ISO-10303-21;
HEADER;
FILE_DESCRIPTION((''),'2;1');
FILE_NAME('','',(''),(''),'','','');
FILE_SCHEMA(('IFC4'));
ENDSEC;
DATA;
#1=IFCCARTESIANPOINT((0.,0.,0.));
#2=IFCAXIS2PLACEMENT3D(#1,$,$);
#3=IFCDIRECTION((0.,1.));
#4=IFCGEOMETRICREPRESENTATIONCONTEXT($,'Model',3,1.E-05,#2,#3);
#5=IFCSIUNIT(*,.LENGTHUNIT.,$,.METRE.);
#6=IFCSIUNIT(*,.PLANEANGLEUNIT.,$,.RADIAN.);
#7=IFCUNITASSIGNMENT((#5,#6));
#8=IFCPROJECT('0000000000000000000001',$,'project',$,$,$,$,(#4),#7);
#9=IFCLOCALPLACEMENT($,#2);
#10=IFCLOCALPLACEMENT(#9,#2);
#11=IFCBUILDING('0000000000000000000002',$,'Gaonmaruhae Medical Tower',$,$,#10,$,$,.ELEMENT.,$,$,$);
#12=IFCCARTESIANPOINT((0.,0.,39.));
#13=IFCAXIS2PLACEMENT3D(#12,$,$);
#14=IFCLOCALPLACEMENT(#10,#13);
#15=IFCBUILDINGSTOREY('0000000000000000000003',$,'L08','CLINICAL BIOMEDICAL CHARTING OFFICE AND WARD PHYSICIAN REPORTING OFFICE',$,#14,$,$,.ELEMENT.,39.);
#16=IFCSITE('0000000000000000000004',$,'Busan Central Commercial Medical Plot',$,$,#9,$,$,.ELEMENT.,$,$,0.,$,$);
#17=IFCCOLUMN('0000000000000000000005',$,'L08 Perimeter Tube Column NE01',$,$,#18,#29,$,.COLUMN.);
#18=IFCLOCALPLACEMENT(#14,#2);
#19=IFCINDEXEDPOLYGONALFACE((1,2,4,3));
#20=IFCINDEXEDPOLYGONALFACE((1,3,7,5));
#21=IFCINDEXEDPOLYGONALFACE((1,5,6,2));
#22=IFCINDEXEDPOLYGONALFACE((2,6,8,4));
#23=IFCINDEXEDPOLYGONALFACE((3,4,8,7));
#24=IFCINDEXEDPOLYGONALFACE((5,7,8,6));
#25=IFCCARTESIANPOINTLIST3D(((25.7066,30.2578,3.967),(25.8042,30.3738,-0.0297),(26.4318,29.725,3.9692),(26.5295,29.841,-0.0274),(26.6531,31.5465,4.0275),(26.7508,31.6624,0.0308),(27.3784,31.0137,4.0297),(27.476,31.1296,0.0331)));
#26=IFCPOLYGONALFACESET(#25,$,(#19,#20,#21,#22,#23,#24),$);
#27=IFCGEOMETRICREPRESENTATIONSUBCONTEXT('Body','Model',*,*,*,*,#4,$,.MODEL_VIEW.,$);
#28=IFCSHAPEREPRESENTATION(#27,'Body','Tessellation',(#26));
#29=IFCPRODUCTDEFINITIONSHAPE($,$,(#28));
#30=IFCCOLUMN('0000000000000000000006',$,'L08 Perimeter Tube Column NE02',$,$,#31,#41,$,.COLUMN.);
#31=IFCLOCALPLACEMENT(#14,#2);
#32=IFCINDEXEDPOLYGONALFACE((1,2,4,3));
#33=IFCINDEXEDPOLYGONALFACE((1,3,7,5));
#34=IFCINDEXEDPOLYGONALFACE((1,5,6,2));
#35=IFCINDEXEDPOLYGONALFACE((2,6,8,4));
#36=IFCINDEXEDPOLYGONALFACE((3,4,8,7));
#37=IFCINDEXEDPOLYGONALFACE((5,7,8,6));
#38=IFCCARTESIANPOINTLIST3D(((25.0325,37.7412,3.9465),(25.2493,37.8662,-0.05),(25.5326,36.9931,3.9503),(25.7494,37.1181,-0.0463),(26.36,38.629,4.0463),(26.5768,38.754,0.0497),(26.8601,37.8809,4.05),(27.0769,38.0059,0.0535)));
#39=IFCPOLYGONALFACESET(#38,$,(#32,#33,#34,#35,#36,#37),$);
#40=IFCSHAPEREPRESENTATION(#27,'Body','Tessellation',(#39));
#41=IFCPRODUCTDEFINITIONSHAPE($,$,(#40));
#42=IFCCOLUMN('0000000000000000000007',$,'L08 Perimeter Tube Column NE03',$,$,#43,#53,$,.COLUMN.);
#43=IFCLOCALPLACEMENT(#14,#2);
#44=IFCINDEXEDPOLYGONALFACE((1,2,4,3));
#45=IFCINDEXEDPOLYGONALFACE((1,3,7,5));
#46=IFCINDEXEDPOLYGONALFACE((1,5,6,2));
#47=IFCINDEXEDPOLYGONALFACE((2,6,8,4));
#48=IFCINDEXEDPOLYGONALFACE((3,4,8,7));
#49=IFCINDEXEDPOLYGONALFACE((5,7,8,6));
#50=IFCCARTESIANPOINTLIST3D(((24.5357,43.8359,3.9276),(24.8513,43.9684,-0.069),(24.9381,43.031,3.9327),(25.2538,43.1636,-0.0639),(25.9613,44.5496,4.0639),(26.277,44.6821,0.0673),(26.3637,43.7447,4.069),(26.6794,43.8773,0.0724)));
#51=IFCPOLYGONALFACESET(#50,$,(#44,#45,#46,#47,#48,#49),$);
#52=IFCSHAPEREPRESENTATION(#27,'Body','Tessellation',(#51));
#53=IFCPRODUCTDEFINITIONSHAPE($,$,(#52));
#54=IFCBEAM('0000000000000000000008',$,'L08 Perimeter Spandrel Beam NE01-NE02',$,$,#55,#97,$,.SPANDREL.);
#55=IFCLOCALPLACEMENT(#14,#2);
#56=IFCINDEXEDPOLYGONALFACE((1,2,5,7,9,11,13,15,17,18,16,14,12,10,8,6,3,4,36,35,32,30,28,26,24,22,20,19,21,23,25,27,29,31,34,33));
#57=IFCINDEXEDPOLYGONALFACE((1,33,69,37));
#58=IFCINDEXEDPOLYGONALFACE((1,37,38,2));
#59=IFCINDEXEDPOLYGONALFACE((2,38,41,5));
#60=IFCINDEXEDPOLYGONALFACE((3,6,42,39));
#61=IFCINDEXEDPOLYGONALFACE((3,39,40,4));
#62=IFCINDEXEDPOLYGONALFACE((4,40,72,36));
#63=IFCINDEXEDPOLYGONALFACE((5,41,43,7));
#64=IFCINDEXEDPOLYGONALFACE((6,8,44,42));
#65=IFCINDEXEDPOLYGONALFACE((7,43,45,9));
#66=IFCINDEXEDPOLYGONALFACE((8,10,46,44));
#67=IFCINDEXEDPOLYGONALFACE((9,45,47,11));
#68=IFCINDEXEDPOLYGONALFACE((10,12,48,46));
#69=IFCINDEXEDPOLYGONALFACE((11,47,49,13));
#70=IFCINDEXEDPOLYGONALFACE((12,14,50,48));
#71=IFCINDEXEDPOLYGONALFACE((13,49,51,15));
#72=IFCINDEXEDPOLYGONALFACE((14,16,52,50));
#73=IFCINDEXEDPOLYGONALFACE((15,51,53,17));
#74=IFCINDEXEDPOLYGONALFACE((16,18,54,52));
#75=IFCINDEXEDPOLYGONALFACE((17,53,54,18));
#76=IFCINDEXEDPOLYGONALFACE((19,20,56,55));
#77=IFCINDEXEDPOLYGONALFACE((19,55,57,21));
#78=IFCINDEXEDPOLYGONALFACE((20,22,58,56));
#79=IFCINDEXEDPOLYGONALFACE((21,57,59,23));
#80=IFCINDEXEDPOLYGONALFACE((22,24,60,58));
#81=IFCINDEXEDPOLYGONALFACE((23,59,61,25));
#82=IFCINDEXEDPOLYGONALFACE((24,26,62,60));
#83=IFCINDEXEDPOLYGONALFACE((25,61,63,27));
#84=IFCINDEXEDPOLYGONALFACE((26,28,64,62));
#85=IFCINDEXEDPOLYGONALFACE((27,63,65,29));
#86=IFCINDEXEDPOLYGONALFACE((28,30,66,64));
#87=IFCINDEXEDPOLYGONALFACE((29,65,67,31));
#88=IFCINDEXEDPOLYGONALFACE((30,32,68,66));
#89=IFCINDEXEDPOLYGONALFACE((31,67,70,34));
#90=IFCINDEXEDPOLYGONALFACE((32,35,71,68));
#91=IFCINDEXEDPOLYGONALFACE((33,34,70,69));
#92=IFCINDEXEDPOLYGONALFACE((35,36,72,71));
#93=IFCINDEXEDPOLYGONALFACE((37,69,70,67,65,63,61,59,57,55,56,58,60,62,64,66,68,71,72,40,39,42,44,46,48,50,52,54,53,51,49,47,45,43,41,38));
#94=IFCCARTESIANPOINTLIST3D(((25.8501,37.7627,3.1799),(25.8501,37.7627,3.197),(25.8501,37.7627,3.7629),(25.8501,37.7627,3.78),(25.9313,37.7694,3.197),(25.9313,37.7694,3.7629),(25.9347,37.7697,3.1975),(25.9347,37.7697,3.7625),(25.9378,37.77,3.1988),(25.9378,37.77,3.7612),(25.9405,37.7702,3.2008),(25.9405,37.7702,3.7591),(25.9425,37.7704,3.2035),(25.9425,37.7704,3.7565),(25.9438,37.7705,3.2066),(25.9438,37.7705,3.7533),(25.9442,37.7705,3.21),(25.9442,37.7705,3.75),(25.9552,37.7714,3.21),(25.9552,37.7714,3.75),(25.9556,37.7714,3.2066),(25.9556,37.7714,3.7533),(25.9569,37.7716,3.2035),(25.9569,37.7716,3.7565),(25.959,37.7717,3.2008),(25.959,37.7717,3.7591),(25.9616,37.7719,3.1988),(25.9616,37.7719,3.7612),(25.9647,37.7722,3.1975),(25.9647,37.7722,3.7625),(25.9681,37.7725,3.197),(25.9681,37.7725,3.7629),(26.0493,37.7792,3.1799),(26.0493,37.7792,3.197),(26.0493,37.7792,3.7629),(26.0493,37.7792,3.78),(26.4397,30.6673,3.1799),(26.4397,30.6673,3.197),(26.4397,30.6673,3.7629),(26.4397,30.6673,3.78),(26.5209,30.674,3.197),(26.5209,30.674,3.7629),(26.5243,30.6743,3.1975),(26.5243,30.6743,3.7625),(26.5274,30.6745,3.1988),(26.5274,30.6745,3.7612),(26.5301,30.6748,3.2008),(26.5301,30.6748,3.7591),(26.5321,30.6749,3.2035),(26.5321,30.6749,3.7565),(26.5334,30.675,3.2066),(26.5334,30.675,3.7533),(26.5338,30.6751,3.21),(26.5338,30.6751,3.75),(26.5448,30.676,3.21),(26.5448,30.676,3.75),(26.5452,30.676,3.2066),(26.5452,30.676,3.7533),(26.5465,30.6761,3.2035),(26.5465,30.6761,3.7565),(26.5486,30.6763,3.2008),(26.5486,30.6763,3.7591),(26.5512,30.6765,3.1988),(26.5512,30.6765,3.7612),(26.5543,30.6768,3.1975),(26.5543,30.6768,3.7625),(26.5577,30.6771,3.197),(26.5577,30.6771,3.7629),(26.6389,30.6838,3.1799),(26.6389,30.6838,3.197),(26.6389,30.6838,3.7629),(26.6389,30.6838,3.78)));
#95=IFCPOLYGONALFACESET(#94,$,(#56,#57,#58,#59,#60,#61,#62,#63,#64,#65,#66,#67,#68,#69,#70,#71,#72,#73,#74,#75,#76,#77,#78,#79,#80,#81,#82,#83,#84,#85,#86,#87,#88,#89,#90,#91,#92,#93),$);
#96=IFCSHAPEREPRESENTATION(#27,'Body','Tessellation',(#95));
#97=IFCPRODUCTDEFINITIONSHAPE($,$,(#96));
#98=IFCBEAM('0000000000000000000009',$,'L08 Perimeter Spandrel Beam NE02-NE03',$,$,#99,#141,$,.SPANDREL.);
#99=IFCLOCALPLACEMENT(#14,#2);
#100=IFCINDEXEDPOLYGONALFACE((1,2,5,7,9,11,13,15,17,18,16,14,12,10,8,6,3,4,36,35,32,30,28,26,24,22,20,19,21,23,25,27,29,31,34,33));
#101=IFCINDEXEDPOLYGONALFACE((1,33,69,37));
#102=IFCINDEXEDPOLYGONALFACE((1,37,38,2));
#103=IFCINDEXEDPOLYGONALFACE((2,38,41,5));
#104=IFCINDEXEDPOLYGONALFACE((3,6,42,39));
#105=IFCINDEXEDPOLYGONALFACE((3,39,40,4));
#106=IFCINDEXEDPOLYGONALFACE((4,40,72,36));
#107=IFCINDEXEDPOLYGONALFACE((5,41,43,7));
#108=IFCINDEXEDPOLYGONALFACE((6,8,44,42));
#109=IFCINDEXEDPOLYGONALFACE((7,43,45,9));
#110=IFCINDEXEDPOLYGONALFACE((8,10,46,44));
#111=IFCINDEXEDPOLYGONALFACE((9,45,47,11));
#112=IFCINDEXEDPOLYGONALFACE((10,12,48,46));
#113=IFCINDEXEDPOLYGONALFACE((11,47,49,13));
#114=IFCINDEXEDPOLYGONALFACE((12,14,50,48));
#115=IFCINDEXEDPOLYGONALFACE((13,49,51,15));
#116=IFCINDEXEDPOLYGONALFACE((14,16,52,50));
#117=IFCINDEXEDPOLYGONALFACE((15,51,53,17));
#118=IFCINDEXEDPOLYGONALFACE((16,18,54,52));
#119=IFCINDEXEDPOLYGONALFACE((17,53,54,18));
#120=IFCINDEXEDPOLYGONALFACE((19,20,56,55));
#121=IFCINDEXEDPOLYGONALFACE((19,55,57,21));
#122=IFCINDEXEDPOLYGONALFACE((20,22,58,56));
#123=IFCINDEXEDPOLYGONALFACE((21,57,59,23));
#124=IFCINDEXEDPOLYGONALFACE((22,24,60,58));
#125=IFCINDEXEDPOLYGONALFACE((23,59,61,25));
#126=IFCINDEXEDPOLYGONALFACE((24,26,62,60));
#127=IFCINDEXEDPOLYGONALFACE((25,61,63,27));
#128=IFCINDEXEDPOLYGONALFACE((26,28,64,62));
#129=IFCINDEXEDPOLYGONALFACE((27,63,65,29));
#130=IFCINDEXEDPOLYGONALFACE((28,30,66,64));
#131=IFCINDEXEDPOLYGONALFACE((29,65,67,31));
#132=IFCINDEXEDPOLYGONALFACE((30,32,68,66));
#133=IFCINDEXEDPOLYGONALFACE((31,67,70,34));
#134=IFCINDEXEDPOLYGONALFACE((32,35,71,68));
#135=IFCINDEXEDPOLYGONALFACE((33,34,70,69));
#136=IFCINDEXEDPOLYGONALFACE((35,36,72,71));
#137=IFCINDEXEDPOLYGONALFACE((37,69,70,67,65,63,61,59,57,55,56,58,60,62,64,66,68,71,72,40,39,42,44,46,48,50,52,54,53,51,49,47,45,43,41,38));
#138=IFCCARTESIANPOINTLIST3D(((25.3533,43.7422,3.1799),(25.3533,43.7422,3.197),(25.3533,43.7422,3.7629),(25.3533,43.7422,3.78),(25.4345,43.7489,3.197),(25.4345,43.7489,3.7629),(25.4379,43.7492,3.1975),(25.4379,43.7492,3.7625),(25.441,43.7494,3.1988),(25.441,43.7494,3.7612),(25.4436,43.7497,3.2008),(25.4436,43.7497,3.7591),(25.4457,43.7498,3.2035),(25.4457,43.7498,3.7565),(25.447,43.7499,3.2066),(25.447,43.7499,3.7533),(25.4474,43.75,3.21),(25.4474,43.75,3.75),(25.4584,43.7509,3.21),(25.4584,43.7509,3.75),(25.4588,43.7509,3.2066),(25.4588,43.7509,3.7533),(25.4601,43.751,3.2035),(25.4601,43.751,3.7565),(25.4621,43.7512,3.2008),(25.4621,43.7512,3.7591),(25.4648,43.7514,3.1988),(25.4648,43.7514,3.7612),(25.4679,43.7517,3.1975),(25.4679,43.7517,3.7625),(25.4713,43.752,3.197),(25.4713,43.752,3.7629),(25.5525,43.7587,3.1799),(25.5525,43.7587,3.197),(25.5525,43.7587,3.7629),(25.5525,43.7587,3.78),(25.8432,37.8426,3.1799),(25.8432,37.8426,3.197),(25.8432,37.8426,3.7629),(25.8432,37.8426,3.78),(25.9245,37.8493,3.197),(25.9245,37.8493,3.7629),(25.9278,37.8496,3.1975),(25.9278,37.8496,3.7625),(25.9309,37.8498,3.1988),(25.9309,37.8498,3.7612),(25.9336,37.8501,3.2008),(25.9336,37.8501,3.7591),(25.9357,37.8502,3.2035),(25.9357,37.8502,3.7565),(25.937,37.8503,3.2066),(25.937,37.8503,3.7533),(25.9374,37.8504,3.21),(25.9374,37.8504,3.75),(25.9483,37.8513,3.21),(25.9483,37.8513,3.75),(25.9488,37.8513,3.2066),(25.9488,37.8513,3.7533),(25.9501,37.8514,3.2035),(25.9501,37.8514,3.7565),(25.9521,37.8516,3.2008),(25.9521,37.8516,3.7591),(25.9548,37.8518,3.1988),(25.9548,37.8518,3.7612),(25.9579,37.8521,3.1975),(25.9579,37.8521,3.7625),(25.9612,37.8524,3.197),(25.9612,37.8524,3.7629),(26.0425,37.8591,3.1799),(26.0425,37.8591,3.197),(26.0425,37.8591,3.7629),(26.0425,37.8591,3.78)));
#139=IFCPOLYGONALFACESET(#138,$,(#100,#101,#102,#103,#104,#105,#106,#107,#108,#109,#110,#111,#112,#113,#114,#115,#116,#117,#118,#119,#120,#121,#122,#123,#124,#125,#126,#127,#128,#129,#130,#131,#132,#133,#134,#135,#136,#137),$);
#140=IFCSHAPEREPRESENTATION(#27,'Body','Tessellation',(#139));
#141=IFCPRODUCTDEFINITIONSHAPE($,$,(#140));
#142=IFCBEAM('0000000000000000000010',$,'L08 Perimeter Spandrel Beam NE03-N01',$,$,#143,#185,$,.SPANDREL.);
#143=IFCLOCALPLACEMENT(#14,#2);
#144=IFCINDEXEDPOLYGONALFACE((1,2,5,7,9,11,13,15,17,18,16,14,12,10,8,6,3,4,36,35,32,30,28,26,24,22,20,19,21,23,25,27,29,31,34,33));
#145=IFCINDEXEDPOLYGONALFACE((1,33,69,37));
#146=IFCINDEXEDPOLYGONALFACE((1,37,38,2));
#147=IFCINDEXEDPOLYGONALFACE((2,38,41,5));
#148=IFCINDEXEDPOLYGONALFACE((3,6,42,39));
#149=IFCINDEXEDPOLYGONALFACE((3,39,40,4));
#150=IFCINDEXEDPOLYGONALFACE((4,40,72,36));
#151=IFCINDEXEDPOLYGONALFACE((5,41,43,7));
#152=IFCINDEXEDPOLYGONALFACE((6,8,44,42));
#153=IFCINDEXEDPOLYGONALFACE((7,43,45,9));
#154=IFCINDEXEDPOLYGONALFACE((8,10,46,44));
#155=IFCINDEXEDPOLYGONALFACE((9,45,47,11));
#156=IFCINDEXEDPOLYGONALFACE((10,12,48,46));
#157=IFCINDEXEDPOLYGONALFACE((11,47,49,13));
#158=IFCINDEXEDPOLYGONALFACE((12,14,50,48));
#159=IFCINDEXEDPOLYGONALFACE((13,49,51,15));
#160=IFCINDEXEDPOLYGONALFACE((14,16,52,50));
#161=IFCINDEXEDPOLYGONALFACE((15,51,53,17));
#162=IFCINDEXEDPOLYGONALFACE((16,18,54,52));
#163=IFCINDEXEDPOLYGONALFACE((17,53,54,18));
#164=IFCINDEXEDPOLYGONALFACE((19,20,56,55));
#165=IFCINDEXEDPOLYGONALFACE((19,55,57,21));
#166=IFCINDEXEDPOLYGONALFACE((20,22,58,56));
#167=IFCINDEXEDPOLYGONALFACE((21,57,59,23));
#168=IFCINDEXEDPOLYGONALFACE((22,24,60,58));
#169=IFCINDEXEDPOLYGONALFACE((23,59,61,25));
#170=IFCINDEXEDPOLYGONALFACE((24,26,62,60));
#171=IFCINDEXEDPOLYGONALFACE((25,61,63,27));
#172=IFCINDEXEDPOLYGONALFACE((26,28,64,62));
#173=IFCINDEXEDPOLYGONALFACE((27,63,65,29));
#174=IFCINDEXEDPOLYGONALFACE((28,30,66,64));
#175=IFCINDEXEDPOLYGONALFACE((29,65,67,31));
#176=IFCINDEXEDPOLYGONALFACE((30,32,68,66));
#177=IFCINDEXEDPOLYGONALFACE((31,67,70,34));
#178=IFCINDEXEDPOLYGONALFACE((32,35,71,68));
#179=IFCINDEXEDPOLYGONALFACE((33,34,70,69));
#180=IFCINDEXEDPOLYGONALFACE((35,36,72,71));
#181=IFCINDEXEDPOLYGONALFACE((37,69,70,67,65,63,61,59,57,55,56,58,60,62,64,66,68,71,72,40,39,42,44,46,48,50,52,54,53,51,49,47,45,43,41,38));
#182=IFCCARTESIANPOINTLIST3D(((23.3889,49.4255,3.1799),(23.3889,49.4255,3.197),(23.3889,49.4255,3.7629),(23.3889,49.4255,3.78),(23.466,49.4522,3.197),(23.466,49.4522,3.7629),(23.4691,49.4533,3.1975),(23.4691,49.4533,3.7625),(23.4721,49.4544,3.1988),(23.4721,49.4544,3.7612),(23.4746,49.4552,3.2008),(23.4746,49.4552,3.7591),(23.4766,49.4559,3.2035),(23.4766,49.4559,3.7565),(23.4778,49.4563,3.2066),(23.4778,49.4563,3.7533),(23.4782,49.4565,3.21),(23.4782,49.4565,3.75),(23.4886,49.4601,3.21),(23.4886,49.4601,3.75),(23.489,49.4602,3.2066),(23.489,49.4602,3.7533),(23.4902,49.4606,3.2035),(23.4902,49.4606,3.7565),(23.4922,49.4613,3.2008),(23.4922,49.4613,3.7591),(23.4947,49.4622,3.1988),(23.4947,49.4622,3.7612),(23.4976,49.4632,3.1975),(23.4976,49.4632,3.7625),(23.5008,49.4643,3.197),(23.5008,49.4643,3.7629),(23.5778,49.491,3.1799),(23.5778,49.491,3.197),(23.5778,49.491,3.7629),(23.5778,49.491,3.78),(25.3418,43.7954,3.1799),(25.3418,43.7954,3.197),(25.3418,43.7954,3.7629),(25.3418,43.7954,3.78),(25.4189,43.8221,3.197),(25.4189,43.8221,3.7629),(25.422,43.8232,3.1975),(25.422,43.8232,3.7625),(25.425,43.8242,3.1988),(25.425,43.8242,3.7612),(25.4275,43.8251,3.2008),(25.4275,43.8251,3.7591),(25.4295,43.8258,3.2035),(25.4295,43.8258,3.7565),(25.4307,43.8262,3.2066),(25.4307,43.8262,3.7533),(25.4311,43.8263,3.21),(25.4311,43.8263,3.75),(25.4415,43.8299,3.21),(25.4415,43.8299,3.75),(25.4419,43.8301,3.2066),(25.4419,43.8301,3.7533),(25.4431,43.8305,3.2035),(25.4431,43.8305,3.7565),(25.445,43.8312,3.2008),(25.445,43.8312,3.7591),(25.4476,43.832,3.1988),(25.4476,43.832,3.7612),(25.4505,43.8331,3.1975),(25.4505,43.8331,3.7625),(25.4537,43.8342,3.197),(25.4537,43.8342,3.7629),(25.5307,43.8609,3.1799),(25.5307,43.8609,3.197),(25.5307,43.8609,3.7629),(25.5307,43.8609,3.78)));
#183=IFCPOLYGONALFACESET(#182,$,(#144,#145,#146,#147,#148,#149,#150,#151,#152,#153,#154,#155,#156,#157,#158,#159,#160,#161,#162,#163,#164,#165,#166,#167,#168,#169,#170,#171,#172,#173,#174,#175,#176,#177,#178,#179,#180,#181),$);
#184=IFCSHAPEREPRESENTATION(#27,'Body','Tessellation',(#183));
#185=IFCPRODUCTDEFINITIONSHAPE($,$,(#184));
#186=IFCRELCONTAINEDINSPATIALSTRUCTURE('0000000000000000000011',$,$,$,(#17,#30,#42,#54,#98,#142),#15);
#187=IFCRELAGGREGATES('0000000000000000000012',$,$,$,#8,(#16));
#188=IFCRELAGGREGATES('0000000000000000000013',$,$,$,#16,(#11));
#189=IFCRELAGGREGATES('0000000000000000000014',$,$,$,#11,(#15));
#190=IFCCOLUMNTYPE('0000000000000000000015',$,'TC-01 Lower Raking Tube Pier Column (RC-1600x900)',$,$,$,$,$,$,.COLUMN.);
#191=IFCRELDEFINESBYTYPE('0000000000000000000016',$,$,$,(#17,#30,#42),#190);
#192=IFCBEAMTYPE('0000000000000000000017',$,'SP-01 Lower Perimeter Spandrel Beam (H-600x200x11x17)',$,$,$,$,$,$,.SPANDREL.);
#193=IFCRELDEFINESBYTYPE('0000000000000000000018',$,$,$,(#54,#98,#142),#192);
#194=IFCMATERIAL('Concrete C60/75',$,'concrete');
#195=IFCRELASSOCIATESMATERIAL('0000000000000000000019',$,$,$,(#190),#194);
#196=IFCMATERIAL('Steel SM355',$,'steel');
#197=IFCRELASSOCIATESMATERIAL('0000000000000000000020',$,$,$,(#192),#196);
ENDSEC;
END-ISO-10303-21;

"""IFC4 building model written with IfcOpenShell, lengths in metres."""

from ifc_helpers import new_model, si_unit, direction, frame, origin, origin_2d, place, context, subcontext, project, spatial, rectangle, i_section, extrude, material, material_profile, profile_set, type_object, element, save


model = new_model("IFC4")

# Units and contexts
model_context = context("Model", 3, precision=1e-05, world=origin(), true_north=direction((0.0, 1.0)))
body_context = subcontext(model_context, "Body", "Model", "MODEL_VIEW")
ifc_project = project(units=[si_unit("LENGTHUNIT", "METRE"), si_unit("PLANEANGLEUNIT", "RADIAN")], contexts=[model_context])

# Site, building, storey
site_placement = place(None, origin())
site = spatial("IfcSite", under=ifc_project, at=site_placement, Name="Busan Central Commercial Medical Plot", CompositionType="ELEMENT", RefElevation=0.0)
building_placement = place(site_placement, origin())
building = spatial("IfcBuilding", under=site, at=building_placement, Name="Gaonmaruhae Medical Tower", CompositionType="ELEMENT")
storey_placement = place(building_placement, frame((0.0, 0.0, 39.0)))
storey = spatial("IfcBuildingStorey", under=building, at=storey_placement, Name="L08", Description="CLINICAL BIOMEDICAL CHARTING OFFICE AND WARD PHYSICIAN REPORTING OFFICE", CompositionType="ELEMENT", Elevation=39.0)

# Columns
ifc_material_1 = material(Name="Concrete C60/75", Category="concrete")
ifc_material_profile_1 = material_profile(ifc_material_1, rectangle(XDim=1.6001, YDim=0.8999, at=origin_2d()), Name="RC-1600x900")
ifc_profile_set_1 = profile_set([ifc_material_profile_1], Name="Concrete C60/75")
column_type = type_object("IfcColumnType", Name="TC-01 Lower Raking Tube Pier Column (RC-1600x900)", PredefinedType="COLUMN", material=ifc_profile_set_1)
column_1_placement = place(storey_placement, frame((26.6401, 30.7517, 0.0017), z_axis=(-0.024417, -0.028996, 0.999281), x_axis=(0.591564, 0.80537, 0.037824)))
element("IfcColumn", 1, at=column_1_placement, inside=storey, type_object=column_type, Name="L08 Perimeter Tube Column NE01", PredefinedType="COLUMN", context=body_context, shape_type="SweptSolid", body=[
    extrude(rectangle(XDim=1.6001, YDim=0.8999, at=origin_2d()), origin(), (0.0, 0.0, 1.0), 3.9995),
])
column_2_placement = place(storey_placement, frame((26.1631, 37.936, 0.0017), z_axis=(-0.05414, -0.031216, 0.998045), x_axis=(0.829618, 0.554839, 0.062357)))
element("IfcColumn", 2, at=column_2_placement, inside=storey, type_object=column_type, Name="L08 Perimeter Tube Column NE02", PredefinedType="COLUMN", context=body_context, shape_type="SweptSolid", body=[
    extrude(rectangle(XDim=1.6001, YDim=0.8999, at=origin_2d()), origin(), (0.0, 0.0, 1.0), 4.0044),
])
column_3_placement = place(storey_placement, frame((25.7654, 43.9229, 0.0017), z_axis=(-0.078698, -0.033049, 0.996351), x_axis=(0.890952, 0.446039, 0.085168)))
element("IfcColumn", 3, at=column_3_placement, inside=storey, type_object=column_type, Name="L08 Perimeter Tube Column NE03", PredefinedType="COLUMN", context=body_context, shape_type="SweptSolid", body=[
    extrude(rectangle(XDim=1.6001, YDim=0.8999, at=origin_2d()), origin(), (0.0, 0.0, 1.0), 4.0112),
])

# Beams
ifc_material_2 = material(Name="Steel SM355", Category="steel")
ifc_material_profile_2 = material_profile(ifc_material_2, i_section(OverallWidth=0.2, OverallDepth=0.6001, WebThickness=0.011, FlangeThickness=0.0171, FilletRadius=0.0129, at=origin_2d()), Name="H-600x200x11x17")
ifc_profile_set_2 = profile_set([ifc_material_profile_2], Name="Steel SM355")
beam_type = type_object("IfcBeamType", Name="SP-01 Lower Perimeter Spandrel Beam (H-600x200x11x17)", PredefinedType="SPANDREL", material=ifc_profile_set_2)
beam_1_placement = place(storey_placement, frame((26.5393, 30.6755, 3.48), z_axis=(-0.08281, 0.996565, 0.0), x_axis=(-0.996565, -0.08281, 0.0)))
element("IfcBeam", 4, at=beam_1_placement, inside=storey, type_object=beam_type, Name="L08 Perimeter Spandrel Beam NE01-NE02", PredefinedType="SPANDREL", context=body_context, shape_type="SweptSolid", body=[
    extrude(i_section(OverallWidth=0.2, OverallDepth=0.6001, WebThickness=0.011, FlangeThickness=0.0171, FilletRadius=0.0129, at=origin_2d()), origin(), (0.0, 0.0, 1.0), 7.1199),
])
beam_2_placement = place(storey_placement, frame((25.9429, 37.8508, 3.48), z_axis=(-0.082769, 0.996569, 0.0), x_axis=(-0.996569, -0.082769, 0.0)))
element("IfcBeam", 5, at=beam_2_placement, inside=storey, type_object=beam_type, Name="L08 Perimeter Spandrel Beam NE02-NE03", PredefinedType="SPANDREL", context=body_context, shape_type="SweptSolid", body=[
    extrude(i_section(OverallWidth=0.2, OverallDepth=0.6001, WebThickness=0.011, FlangeThickness=0.0171, FilletRadius=0.0129, at=origin_2d()), origin(), (0.0, 0.0, 1.0), 5.9199),
])
beam_3_placement = place(storey_placement, frame((25.4363, 43.8281, 3.48), z_axis=(-0.327709, 0.944779, 0.0), x_axis=(-0.944779, -0.327709, 0.0)))
element("IfcBeam", 6, at=beam_3_placement, inside=storey, type_object=beam_type, Name="L08 Perimeter Spandrel Beam NE03-N01", PredefinedType="SPANDREL", context=body_context, shape_type="SweptSolid", body=[
    extrude(i_section(OverallWidth=0.2, OverallDepth=0.6001, WebThickness=0.011, FlangeThickness=0.0171, FilletRadius=0.0129, at=origin_2d()), origin(), (0.0, 0.0, 1.0), 5.9592),
])

save(model, "model.ifc")
